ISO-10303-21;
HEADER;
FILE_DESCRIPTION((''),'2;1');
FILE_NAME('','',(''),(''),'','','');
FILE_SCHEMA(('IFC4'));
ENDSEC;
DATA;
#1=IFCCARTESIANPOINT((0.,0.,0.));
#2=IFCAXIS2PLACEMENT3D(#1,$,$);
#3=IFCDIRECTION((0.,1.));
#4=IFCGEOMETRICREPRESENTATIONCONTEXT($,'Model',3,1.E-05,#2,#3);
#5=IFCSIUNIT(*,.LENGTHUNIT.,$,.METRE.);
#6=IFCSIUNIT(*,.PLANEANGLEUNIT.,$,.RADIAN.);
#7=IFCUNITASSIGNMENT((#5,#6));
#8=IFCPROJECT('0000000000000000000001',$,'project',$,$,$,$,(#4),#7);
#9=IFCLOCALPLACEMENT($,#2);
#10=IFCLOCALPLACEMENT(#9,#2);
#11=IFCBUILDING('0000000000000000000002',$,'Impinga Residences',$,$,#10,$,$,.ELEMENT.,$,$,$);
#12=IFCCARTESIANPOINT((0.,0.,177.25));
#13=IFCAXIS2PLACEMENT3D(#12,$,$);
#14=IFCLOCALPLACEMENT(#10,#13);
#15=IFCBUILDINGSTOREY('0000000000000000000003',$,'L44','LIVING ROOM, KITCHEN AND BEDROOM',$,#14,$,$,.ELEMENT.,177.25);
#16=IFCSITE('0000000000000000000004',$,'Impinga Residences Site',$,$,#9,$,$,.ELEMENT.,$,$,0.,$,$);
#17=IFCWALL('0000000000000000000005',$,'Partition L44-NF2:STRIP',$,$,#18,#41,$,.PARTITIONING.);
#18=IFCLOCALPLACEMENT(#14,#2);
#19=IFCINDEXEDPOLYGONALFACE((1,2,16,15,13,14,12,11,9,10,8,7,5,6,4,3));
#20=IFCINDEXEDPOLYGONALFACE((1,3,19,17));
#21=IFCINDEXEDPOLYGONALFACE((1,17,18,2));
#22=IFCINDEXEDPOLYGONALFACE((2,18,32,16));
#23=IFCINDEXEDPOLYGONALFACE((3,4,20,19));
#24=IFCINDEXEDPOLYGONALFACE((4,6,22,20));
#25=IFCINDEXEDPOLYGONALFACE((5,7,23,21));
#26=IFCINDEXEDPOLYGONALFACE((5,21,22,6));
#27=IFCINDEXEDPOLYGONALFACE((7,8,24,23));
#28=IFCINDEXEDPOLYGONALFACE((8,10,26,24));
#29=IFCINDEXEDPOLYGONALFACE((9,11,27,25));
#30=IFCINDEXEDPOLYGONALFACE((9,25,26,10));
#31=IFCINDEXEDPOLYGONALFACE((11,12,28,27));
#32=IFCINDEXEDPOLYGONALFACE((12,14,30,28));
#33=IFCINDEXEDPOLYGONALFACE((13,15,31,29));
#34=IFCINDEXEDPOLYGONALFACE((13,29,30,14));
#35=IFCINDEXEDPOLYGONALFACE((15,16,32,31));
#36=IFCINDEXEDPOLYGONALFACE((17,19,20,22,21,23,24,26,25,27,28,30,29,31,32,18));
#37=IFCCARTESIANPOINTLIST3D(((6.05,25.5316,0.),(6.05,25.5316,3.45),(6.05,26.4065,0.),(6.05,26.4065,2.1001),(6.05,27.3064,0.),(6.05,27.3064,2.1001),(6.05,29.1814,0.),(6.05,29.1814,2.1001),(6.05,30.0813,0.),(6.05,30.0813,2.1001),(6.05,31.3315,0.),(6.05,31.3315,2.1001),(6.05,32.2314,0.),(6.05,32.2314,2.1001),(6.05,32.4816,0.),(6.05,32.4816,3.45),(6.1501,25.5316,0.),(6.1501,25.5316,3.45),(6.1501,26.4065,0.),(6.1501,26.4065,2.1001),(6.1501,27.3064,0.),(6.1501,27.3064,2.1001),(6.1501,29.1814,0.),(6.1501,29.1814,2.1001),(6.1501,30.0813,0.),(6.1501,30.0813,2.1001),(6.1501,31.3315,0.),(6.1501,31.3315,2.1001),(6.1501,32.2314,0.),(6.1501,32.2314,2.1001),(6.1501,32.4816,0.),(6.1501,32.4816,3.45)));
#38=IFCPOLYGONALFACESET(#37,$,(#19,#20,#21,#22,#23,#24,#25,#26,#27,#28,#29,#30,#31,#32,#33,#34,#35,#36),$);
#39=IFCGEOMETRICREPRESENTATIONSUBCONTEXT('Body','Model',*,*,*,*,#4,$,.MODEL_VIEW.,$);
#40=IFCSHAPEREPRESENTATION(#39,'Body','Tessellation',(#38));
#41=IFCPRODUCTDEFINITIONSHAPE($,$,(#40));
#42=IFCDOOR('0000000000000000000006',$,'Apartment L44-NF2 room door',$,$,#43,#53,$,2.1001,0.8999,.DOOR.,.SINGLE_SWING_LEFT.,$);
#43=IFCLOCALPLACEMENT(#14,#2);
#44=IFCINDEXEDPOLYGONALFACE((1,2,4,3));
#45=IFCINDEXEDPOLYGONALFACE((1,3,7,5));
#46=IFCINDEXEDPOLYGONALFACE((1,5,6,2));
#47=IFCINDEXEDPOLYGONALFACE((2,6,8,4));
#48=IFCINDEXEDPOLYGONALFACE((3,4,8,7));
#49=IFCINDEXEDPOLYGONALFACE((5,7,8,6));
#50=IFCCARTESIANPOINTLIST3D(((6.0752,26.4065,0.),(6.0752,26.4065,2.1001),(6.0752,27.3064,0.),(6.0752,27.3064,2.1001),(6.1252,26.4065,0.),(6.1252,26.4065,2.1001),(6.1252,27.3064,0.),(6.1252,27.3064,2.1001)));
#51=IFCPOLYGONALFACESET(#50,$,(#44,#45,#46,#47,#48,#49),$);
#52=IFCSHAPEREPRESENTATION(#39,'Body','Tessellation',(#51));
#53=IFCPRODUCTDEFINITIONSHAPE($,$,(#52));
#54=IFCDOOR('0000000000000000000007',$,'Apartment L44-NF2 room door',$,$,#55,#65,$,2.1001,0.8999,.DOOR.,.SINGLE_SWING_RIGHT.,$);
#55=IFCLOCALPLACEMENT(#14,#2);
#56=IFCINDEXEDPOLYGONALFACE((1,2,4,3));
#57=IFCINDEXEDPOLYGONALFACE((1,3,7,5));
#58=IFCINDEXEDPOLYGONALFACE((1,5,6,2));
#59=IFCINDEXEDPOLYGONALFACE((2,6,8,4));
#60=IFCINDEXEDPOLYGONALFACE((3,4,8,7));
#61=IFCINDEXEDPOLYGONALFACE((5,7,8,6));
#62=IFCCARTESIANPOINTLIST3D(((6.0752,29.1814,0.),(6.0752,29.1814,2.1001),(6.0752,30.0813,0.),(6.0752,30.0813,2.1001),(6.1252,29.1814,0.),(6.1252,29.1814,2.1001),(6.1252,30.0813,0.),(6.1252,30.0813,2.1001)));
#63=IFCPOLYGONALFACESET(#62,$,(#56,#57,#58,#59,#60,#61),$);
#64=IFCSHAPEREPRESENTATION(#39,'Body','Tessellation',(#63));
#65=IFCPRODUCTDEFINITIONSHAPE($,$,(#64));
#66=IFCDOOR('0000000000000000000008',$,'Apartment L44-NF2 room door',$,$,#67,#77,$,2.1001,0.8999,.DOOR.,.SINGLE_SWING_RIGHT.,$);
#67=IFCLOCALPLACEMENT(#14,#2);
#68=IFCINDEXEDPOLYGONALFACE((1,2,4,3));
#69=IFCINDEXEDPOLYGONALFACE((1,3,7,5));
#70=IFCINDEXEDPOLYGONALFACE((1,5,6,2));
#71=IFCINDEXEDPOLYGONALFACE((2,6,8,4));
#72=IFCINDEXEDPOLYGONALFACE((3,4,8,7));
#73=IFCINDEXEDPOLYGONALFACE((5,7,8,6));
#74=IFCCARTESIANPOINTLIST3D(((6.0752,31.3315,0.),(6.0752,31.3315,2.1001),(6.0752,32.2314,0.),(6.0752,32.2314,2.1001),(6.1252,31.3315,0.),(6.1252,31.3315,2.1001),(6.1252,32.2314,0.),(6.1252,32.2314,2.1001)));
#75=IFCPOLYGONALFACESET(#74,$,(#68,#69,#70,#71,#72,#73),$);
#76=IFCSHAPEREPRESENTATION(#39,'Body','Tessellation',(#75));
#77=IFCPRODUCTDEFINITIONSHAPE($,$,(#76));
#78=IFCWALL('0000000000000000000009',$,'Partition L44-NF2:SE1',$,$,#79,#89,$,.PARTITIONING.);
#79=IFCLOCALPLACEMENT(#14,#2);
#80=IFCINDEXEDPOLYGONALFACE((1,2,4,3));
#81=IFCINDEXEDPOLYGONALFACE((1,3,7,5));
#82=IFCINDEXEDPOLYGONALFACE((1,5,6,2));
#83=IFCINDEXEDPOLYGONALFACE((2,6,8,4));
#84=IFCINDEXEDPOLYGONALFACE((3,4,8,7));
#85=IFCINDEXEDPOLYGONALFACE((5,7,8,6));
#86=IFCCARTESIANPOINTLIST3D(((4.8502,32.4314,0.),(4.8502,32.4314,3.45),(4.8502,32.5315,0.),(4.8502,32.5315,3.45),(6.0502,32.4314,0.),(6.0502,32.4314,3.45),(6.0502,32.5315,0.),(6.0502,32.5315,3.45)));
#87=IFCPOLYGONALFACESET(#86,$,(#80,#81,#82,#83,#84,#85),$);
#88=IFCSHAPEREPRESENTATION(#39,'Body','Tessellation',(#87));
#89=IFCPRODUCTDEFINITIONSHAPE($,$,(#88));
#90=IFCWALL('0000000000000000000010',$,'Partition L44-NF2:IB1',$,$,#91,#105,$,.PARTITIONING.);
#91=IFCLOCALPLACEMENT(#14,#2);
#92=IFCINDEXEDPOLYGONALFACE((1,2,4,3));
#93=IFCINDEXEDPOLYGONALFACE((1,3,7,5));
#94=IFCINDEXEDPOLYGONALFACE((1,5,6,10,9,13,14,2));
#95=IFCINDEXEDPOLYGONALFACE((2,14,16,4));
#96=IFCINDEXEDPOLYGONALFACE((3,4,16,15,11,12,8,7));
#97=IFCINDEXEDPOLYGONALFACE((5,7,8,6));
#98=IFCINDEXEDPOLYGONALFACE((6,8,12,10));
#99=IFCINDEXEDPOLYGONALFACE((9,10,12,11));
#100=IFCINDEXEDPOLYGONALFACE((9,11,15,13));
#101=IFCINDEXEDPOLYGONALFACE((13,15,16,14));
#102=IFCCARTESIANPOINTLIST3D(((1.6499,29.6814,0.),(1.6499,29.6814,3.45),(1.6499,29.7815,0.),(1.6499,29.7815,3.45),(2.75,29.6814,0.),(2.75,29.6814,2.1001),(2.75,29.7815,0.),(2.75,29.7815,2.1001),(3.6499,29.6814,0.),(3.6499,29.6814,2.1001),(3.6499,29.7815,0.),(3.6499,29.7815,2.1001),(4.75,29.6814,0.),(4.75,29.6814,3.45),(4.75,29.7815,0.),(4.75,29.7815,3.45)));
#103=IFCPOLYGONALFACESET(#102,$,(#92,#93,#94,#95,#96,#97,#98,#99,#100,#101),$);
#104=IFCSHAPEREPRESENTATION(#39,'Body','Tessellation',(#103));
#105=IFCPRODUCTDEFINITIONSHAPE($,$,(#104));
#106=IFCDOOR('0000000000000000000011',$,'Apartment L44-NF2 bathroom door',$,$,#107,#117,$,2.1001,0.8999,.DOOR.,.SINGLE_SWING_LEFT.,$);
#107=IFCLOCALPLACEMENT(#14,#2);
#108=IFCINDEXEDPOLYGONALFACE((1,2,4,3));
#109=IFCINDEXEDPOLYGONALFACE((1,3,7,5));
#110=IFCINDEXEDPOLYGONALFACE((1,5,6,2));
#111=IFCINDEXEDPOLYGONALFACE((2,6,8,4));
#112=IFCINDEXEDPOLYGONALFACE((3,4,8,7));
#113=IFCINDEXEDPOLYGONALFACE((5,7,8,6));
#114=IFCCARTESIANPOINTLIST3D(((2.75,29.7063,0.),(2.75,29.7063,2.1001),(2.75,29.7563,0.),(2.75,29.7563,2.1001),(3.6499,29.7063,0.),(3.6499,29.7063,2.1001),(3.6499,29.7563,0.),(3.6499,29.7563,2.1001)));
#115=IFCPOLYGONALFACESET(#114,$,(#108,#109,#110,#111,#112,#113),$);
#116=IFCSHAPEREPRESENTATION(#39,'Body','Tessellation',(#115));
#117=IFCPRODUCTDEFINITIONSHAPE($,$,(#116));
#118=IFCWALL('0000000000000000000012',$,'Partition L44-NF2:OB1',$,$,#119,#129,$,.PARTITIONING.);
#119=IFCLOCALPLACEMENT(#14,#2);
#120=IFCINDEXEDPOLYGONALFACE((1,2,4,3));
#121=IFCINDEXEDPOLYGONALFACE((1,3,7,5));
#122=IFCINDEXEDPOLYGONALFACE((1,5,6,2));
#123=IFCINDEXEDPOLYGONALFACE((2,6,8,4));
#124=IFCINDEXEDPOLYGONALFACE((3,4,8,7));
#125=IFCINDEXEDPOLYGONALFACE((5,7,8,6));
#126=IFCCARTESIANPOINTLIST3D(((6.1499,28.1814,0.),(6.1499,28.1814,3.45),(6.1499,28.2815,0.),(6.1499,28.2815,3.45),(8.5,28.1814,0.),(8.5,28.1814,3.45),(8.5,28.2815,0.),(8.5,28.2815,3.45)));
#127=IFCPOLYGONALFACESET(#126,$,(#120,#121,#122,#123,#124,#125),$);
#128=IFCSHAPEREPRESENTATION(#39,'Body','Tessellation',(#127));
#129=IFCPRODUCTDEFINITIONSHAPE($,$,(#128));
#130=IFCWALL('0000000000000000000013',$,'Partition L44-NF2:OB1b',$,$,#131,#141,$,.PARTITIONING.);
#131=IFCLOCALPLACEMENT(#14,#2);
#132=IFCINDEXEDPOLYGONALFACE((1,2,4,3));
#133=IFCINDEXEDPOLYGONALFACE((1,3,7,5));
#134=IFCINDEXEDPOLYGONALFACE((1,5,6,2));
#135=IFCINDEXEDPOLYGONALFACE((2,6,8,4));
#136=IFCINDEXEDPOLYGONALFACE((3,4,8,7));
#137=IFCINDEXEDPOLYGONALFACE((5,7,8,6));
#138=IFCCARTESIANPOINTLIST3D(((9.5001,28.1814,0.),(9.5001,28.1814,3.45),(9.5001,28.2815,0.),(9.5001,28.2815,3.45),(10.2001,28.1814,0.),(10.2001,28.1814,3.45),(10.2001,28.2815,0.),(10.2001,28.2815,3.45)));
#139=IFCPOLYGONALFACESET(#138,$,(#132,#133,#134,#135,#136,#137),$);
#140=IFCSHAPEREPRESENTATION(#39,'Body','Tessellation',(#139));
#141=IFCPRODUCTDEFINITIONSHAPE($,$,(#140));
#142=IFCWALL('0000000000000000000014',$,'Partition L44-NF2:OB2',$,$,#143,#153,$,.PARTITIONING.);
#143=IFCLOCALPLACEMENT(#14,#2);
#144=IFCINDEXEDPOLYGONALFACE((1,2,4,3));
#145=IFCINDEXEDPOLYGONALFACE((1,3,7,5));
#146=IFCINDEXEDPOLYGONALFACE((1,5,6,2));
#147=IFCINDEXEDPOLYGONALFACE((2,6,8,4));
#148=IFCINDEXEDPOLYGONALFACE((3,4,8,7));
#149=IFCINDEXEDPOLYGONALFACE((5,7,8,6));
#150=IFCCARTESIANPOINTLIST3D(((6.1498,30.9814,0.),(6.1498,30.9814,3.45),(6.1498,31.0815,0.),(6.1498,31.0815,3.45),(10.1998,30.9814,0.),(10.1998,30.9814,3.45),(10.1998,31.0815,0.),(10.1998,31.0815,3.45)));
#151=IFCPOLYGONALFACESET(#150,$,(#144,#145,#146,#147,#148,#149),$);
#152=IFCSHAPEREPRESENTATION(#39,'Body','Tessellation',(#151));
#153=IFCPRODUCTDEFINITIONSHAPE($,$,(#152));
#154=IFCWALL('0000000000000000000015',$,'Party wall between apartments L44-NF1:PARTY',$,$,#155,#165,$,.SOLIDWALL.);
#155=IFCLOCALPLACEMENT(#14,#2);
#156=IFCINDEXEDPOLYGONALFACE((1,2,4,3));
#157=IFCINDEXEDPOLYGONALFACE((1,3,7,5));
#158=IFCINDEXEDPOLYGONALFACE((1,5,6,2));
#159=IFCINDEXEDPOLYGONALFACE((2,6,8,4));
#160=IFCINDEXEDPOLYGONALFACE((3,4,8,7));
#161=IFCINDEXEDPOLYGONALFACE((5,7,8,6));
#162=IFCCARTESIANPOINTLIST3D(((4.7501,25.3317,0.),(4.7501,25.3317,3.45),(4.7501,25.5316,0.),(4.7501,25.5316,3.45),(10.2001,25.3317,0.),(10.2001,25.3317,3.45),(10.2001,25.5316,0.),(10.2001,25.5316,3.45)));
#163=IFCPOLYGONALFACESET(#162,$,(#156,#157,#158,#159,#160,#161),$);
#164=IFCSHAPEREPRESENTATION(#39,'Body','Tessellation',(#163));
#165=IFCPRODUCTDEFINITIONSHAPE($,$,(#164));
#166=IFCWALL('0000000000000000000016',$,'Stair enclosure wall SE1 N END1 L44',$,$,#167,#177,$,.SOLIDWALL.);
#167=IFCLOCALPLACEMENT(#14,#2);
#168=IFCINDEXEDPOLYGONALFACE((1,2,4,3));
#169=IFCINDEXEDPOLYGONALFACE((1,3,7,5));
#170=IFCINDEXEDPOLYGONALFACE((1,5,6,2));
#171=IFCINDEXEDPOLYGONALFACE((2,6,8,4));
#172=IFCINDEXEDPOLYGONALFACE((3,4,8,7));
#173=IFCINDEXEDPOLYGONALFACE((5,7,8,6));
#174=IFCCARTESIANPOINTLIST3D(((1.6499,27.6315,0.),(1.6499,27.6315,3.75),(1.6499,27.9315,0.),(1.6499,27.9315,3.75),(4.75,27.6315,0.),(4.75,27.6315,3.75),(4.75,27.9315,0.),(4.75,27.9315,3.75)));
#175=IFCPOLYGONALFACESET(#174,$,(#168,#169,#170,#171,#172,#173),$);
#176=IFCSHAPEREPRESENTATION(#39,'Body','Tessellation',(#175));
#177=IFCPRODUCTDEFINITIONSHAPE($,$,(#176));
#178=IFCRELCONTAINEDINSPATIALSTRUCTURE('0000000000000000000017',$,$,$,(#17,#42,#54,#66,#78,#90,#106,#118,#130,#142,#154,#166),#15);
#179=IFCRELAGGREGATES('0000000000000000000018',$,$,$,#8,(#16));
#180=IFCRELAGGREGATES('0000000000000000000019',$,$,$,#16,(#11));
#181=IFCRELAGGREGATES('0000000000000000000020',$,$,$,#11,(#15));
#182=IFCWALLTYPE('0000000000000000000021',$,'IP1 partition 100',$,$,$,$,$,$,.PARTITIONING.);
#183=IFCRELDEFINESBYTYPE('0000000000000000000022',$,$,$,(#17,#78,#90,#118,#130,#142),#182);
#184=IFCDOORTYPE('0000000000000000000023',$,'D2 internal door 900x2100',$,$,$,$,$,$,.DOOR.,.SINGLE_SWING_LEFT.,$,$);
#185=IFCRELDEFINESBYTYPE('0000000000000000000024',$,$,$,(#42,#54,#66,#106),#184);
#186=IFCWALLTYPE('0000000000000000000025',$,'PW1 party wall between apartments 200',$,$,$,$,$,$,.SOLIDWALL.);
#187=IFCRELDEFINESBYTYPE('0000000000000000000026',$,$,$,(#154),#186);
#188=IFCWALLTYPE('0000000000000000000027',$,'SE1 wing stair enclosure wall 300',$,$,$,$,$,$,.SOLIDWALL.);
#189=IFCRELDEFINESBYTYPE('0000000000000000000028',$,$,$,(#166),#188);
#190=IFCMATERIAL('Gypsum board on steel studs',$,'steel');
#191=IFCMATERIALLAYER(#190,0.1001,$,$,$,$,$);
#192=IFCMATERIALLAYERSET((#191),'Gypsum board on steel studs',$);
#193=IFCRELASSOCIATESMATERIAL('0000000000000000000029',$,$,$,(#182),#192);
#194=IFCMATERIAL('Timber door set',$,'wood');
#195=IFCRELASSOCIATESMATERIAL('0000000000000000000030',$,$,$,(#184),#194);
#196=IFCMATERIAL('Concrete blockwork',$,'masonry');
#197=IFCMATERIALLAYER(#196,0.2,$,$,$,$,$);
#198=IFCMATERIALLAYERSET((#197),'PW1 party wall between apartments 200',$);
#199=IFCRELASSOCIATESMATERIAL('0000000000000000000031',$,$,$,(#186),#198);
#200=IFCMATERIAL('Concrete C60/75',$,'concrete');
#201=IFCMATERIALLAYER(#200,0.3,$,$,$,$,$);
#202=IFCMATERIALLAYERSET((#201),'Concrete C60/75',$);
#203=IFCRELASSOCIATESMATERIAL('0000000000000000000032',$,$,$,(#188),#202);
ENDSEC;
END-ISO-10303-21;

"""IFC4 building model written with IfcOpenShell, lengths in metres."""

from ifc_helpers import new_model, si_unit, direction, frame, frame_2d, origin, place, context, subcontext, project, spatial, rectangle, extrude, material, layer, layer_set, type_object, element, fill, save


model = new_model("IFC4")

# Units and contexts
model_context = context("Model", 3, precision=1e-05, world=origin(), true_north=direction((0.0, 1.0)))
body_context = subcontext(model_context, "Body", "Model", "MODEL_VIEW")
ifc_project = project(units=[si_unit("LENGTHUNIT", "METRE"), si_unit("PLANEANGLEUNIT", "RADIAN")], contexts=[model_context])

# Site, building, storey
site_placement = place(None, origin())
site = spatial("IfcSite", under=ifc_project, at=site_placement, Name="Impinga Residences Site", CompositionType="ELEMENT", RefElevation=0.0)
building_placement = place(site_placement, origin())
building = spatial("IfcBuilding", under=site, at=building_placement, Name="Impinga Residences", CompositionType="ELEMENT")
storey_placement = place(building_placement, frame((0.0, 0.0, 177.25)))
storey = spatial("IfcBuildingStorey", under=building, at=storey_placement, Name="L44", Description="LIVING ROOM, KITCHEN AND BEDROOM", CompositionType="ELEMENT", Elevation=177.25)

# Shared definitions
ifc_material_1 = material(Name="Concrete C60/75", Category="concrete")

# Shared definitions
ifc_material_2 = material(Name="Gypsum board on steel studs", Category="steel")
ifc_layer_1 = layer(ifc_material_2, 0.1001)
ifc_layer_set_1 = layer_set([ifc_layer_1], Name="Gypsum board on steel studs")
wall_type_1 = type_object("IfcWallType", Name="IP1 partition 100", PredefinedType="PARTITIONING", material=ifc_layer_set_1)

# Wall, openings, doors
wall_1_placement = place(storey_placement, frame((6.1001, 25.5315, 0.0), z_axis=(0.0, 0.0, 1.0), x_axis=(0.0, 1.0, 0.0)))
wall_1 = element("IfcWall", 1, at=wall_1_placement, inside=storey, type_object=wall_type_1, Name="Partition L44-NF2:STRIP", PredefinedType="PARTITIONING", context=body_context, shape_type="SweptSolid", body=[
    extrude(rectangle(XDim=6.95, YDim=0.1001, at=frame_2d((3.4751, 0.0))), origin(), (0.0, 0.0, 1.0), 3.45),
])
opening_1_placement = place(wall_1_placement, frame((0.875, 0.0, 0.0)))
opening_1 = element("IfcOpeningElement", 2, at=opening_1_placement, cuts=wall_1, PredefinedType="OPENING", context=body_context, shape_type="SweptSolid", body=[
    extrude(rectangle(XDim=0.8999, YDim=2.1001, at=frame_2d((0.45, 1.05))), frame((0.0, 0.0601, 0.0), z_axis=(0.0, -1.0, 0.0), x_axis=(1.0, 0.0, 0.0)), (0.0, 0.0, 1.0), 0.1201),
])
opening_2_placement = place(wall_1_placement, frame((3.6499, 0.0, 0.0)))
opening_2 = element("IfcOpeningElement", 3, at=opening_2_placement, cuts=wall_1, PredefinedType="OPENING", context=body_context, shape_type="SweptSolid", body=[
    extrude(rectangle(XDim=0.8999, YDim=2.1001, at=frame_2d((0.45, 1.05))), frame((0.0, 0.0601, 0.0), z_axis=(0.0, -1.0, 0.0), x_axis=(1.0, 0.0, 0.0)), (0.0, 0.0, 1.0), 0.1201),
])
opening_3_placement = place(wall_1_placement, frame((5.8, 0.0, 0.0)))
opening_3 = element("IfcOpeningElement", 4, at=opening_3_placement, cuts=wall_1, PredefinedType="OPENING", context=body_context, shape_type="SweptSolid", body=[
    extrude(rectangle(XDim=0.8999, YDim=2.1001, at=frame_2d((0.45, 1.05))), frame((0.0, 0.0601, 0.0), z_axis=(0.0, -1.0, 0.0), x_axis=(1.0, 0.0, 0.0)), (0.0, 0.0, 1.0), 0.1201),
])
ifc_material_3 = material(Name="Timber door set", Category="wood")
door_type = type_object("IfcDoorType", Name="D2 internal door 900x2100", OperationType="SINGLE_SWING_LEFT", PredefinedType="DOOR", material=ifc_material_3)
door_1_placement = place(opening_1_placement, origin())
door_1 = element("IfcDoor", 5, at=door_1_placement, inside=storey, type_object=door_type, Name="Apartment L44-NF2 room door", OperationType="SINGLE_SWING_LEFT", OverallHeight=2.1001, OverallWidth=0.8999, PredefinedType="DOOR", context=body_context, shape_type="SweptSolid", body=[
    extrude(rectangle(XDim=0.8999, YDim=2.1001, at=frame_2d((0.45, 1.05))), frame((0.0, 0.0249, 0.0), z_axis=(0.0, -1.0, 0.0), x_axis=(1.0, 0.0, 0.0)), (0.0, 0.0, 1.0), 0.05),
])
fill(opening_1, door_1)
door_2_placement = place(opening_2_placement, origin())
door_2 = element("IfcDoor", 6, at=door_2_placement, inside=storey, type_object=door_type, Name="Apartment L44-NF2 room door", OperationType="SINGLE_SWING_RIGHT", OverallHeight=2.1001, OverallWidth=0.8999, PredefinedType="DOOR", context=body_context, shape_type="SweptSolid", body=[
    extrude(rectangle(XDim=0.8999, YDim=2.1001, at=frame_2d((0.45, 1.05))), frame((0.0, 0.0249, 0.0), z_axis=(0.0, -1.0, 0.0), x_axis=(1.0, 0.0, 0.0)), (0.0, 0.0, 1.0), 0.05),
])
fill(opening_2, door_2)
door_3_placement = place(opening_3_placement, origin())
door_3 = element("IfcDoor", 7, at=door_3_placement, inside=storey, type_object=door_type, Name="Apartment L44-NF2 room door", OperationType="SINGLE_SWING_RIGHT", OverallHeight=2.1001, OverallWidth=0.8999, PredefinedType="DOOR", context=body_context, shape_type="SweptSolid", body=[
    extrude(rectangle(XDim=0.8999, YDim=2.1001, at=frame_2d((0.45, 1.05))), frame((0.0, 0.0249, 0.0), z_axis=(0.0, -1.0, 0.0), x_axis=(1.0, 0.0, 0.0)), (0.0, 0.0, 1.0), 0.05),
])
fill(opening_3, door_3)

# Wall
wall_2_placement = place(storey_placement, frame((4.8501, 32.4814, 0.0), z_axis=(0.0, 0.0, 1.0), x_axis=(1.0, 0.0, 0.0)))
element("IfcWall", 8, at=wall_2_placement, inside=storey, type_object=wall_type_1, Name="Partition L44-NF2:SE1", PredefinedType="PARTITIONING", context=body_context, shape_type="SweptSolid", body=[
    extrude(rectangle(XDim=1.2, YDim=0.1001, at=frame_2d((0.6001, 0.0))), origin(), (0.0, 0.0, 1.0), 3.45),
])

# Wall, opening, door
wall_3_placement = place(storey_placement, frame((1.6499, 29.7314, 0.0), z_axis=(0.0, 0.0, 1.0), x_axis=(1.0, 0.0, 0.0)))
wall_3 = element("IfcWall", 9, at=wall_3_placement, inside=storey, type_object=wall_type_1, Name="Partition L44-NF2:IB1", PredefinedType="PARTITIONING", context=body_context, shape_type="SweptSolid", body=[
    extrude(rectangle(XDim=3.1001, YDim=0.1001, at=frame_2d((1.55, 0.0))), origin(), (0.0, 0.0, 1.0), 3.45),
])
opening_4_placement = place(wall_3_placement, frame((1.1001, 0.0, 0.0)))
opening_4 = element("IfcOpeningElement", 10, at=opening_4_placement, cuts=wall_3, PredefinedType="OPENING", context=body_context, shape_type="SweptSolid", body=[
    extrude(rectangle(XDim=0.8999, YDim=2.1001, at=frame_2d((0.45, 1.05))), frame((0.0, 0.0601, 0.0), z_axis=(0.0, -1.0, 0.0), x_axis=(1.0, 0.0, 0.0)), (0.0, 0.0, 1.0), 0.1201),
])
door_4_placement = place(opening_4_placement, origin())
door_4 = element("IfcDoor", 11, at=door_4_placement, inside=storey, type_object=door_type, Name="Apartment L44-NF2 bathroom door", OperationType="SINGLE_SWING_LEFT", OverallHeight=2.1001, OverallWidth=0.8999, PredefinedType="DOOR", context=body_context, shape_type="SweptSolid", body=[
    extrude(rectangle(XDim=0.8999, YDim=2.1001, at=frame_2d((0.45, 1.05))), frame((0.0, 0.0249, 0.0), z_axis=(0.0, -1.0, 0.0), x_axis=(1.0, 0.0, 0.0)), (0.0, 0.0, 1.0), 0.05),
])
fill(opening_4, door_4)

# Walls
wall_4_placement = place(storey_placement, frame((6.1499, 28.2314, 0.0), z_axis=(0.0, 0.0, 1.0), x_axis=(1.0, 0.0, 0.0)))
element("IfcWall", 12, at=wall_4_placement, inside=storey, type_object=wall_type_1, Name="Partition L44-NF2:OB1", PredefinedType="PARTITIONING", context=body_context, shape_type="SweptSolid", body=[
    extrude(rectangle(XDim=2.3501, YDim=0.1001, at=frame_2d((1.175, 0.0))), origin(), (0.0, 0.0, 1.0), 3.45),
])
wall_5_placement = place(storey_placement, frame((9.5, 28.2314, 0.0), z_axis=(0.0, 0.0, 1.0), x_axis=(1.0, 0.0, 0.0)))
element("IfcWall", 13, at=wall_5_placement, inside=storey, type_object=wall_type_1, Name="Partition L44-NF2:OB1b", PredefinedType="PARTITIONING", context=body_context, shape_type="SweptSolid", body=[
    extrude(rectangle(XDim=0.7, YDim=0.1001, at=frame_2d((0.3501, 0.0))), origin(), (0.0, 0.0, 1.0), 3.45),
])
wall_6_placement = place(storey_placement, frame((6.1499, 31.0315, 0.0), z_axis=(0.0, 0.0, 1.0), x_axis=(1.0, 0.0, 0.0)))
element("IfcWall", 14, at=wall_6_placement, inside=storey, type_object=wall_type_1, Name="Partition L44-NF2:OB2", PredefinedType="PARTITIONING", context=body_context, shape_type="SweptSolid", body=[
    extrude(rectangle(XDim=4.05, YDim=0.1001, at=frame_2d((2.0249, 0.0))), origin(), (0.0, 0.0, 1.0), 3.45),
])
ifc_material_4 = material(Name="Concrete blockwork", Category="masonry")
ifc_layer_2 = layer(ifc_material_4, 0.2)
ifc_layer_set_2 = layer_set([ifc_layer_2], Name="PW1 party wall between apartments 200")
wall_type_2 = type_object("IfcWallType", Name="PW1 party wall between apartments 200", PredefinedType="SOLIDWALL", material=ifc_layer_set_2)
wall_7_placement = place(storey_placement, frame((4.75, 25.4316, 0.0), z_axis=(0.0, 0.0, 1.0), x_axis=(1.0, 0.0, 0.0)))
element("IfcWall", 15, at=wall_7_placement, inside=storey, type_object=wall_type_2, Name="Party wall between apartments L44-NF1:PARTY", PredefinedType="SOLIDWALL", context=body_context, shape_type="SweptSolid", body=[
    extrude(rectangle(XDim=5.45, YDim=0.2, at=frame_2d((2.7251, 0.0))), origin(), (0.0, 0.0, 1.0), 3.45),
])
ifc_layer_3 = layer(ifc_material_1, 0.3)
ifc_layer_set_3 = layer_set([ifc_layer_3], Name="Concrete C60/75")
wall_type_3 = type_object("IfcWallType", Name="SE1 wing stair enclosure wall 300", PredefinedType="SOLIDWALL", material=ifc_layer_set_3)
wall_8_placement = place(storey_placement, frame((1.6499, 27.7815, 0.0), z_axis=(0.0, 0.0, 1.0), x_axis=(1.0, 0.0, 0.0)))
element("IfcWall", 16, at=wall_8_placement, inside=storey, type_object=wall_type_3, Name="Stair enclosure wall SE1 N END1 L44", PredefinedType="SOLIDWALL", context=body_context, shape_type="SweptSolid", body=[
    extrude(rectangle(XDim=3.1001, YDim=0.3, at=frame_2d((1.55, 0.0))), origin(), (0.0, 0.0, 1.0), 3.75),
])

save(model, "model.ifc")
